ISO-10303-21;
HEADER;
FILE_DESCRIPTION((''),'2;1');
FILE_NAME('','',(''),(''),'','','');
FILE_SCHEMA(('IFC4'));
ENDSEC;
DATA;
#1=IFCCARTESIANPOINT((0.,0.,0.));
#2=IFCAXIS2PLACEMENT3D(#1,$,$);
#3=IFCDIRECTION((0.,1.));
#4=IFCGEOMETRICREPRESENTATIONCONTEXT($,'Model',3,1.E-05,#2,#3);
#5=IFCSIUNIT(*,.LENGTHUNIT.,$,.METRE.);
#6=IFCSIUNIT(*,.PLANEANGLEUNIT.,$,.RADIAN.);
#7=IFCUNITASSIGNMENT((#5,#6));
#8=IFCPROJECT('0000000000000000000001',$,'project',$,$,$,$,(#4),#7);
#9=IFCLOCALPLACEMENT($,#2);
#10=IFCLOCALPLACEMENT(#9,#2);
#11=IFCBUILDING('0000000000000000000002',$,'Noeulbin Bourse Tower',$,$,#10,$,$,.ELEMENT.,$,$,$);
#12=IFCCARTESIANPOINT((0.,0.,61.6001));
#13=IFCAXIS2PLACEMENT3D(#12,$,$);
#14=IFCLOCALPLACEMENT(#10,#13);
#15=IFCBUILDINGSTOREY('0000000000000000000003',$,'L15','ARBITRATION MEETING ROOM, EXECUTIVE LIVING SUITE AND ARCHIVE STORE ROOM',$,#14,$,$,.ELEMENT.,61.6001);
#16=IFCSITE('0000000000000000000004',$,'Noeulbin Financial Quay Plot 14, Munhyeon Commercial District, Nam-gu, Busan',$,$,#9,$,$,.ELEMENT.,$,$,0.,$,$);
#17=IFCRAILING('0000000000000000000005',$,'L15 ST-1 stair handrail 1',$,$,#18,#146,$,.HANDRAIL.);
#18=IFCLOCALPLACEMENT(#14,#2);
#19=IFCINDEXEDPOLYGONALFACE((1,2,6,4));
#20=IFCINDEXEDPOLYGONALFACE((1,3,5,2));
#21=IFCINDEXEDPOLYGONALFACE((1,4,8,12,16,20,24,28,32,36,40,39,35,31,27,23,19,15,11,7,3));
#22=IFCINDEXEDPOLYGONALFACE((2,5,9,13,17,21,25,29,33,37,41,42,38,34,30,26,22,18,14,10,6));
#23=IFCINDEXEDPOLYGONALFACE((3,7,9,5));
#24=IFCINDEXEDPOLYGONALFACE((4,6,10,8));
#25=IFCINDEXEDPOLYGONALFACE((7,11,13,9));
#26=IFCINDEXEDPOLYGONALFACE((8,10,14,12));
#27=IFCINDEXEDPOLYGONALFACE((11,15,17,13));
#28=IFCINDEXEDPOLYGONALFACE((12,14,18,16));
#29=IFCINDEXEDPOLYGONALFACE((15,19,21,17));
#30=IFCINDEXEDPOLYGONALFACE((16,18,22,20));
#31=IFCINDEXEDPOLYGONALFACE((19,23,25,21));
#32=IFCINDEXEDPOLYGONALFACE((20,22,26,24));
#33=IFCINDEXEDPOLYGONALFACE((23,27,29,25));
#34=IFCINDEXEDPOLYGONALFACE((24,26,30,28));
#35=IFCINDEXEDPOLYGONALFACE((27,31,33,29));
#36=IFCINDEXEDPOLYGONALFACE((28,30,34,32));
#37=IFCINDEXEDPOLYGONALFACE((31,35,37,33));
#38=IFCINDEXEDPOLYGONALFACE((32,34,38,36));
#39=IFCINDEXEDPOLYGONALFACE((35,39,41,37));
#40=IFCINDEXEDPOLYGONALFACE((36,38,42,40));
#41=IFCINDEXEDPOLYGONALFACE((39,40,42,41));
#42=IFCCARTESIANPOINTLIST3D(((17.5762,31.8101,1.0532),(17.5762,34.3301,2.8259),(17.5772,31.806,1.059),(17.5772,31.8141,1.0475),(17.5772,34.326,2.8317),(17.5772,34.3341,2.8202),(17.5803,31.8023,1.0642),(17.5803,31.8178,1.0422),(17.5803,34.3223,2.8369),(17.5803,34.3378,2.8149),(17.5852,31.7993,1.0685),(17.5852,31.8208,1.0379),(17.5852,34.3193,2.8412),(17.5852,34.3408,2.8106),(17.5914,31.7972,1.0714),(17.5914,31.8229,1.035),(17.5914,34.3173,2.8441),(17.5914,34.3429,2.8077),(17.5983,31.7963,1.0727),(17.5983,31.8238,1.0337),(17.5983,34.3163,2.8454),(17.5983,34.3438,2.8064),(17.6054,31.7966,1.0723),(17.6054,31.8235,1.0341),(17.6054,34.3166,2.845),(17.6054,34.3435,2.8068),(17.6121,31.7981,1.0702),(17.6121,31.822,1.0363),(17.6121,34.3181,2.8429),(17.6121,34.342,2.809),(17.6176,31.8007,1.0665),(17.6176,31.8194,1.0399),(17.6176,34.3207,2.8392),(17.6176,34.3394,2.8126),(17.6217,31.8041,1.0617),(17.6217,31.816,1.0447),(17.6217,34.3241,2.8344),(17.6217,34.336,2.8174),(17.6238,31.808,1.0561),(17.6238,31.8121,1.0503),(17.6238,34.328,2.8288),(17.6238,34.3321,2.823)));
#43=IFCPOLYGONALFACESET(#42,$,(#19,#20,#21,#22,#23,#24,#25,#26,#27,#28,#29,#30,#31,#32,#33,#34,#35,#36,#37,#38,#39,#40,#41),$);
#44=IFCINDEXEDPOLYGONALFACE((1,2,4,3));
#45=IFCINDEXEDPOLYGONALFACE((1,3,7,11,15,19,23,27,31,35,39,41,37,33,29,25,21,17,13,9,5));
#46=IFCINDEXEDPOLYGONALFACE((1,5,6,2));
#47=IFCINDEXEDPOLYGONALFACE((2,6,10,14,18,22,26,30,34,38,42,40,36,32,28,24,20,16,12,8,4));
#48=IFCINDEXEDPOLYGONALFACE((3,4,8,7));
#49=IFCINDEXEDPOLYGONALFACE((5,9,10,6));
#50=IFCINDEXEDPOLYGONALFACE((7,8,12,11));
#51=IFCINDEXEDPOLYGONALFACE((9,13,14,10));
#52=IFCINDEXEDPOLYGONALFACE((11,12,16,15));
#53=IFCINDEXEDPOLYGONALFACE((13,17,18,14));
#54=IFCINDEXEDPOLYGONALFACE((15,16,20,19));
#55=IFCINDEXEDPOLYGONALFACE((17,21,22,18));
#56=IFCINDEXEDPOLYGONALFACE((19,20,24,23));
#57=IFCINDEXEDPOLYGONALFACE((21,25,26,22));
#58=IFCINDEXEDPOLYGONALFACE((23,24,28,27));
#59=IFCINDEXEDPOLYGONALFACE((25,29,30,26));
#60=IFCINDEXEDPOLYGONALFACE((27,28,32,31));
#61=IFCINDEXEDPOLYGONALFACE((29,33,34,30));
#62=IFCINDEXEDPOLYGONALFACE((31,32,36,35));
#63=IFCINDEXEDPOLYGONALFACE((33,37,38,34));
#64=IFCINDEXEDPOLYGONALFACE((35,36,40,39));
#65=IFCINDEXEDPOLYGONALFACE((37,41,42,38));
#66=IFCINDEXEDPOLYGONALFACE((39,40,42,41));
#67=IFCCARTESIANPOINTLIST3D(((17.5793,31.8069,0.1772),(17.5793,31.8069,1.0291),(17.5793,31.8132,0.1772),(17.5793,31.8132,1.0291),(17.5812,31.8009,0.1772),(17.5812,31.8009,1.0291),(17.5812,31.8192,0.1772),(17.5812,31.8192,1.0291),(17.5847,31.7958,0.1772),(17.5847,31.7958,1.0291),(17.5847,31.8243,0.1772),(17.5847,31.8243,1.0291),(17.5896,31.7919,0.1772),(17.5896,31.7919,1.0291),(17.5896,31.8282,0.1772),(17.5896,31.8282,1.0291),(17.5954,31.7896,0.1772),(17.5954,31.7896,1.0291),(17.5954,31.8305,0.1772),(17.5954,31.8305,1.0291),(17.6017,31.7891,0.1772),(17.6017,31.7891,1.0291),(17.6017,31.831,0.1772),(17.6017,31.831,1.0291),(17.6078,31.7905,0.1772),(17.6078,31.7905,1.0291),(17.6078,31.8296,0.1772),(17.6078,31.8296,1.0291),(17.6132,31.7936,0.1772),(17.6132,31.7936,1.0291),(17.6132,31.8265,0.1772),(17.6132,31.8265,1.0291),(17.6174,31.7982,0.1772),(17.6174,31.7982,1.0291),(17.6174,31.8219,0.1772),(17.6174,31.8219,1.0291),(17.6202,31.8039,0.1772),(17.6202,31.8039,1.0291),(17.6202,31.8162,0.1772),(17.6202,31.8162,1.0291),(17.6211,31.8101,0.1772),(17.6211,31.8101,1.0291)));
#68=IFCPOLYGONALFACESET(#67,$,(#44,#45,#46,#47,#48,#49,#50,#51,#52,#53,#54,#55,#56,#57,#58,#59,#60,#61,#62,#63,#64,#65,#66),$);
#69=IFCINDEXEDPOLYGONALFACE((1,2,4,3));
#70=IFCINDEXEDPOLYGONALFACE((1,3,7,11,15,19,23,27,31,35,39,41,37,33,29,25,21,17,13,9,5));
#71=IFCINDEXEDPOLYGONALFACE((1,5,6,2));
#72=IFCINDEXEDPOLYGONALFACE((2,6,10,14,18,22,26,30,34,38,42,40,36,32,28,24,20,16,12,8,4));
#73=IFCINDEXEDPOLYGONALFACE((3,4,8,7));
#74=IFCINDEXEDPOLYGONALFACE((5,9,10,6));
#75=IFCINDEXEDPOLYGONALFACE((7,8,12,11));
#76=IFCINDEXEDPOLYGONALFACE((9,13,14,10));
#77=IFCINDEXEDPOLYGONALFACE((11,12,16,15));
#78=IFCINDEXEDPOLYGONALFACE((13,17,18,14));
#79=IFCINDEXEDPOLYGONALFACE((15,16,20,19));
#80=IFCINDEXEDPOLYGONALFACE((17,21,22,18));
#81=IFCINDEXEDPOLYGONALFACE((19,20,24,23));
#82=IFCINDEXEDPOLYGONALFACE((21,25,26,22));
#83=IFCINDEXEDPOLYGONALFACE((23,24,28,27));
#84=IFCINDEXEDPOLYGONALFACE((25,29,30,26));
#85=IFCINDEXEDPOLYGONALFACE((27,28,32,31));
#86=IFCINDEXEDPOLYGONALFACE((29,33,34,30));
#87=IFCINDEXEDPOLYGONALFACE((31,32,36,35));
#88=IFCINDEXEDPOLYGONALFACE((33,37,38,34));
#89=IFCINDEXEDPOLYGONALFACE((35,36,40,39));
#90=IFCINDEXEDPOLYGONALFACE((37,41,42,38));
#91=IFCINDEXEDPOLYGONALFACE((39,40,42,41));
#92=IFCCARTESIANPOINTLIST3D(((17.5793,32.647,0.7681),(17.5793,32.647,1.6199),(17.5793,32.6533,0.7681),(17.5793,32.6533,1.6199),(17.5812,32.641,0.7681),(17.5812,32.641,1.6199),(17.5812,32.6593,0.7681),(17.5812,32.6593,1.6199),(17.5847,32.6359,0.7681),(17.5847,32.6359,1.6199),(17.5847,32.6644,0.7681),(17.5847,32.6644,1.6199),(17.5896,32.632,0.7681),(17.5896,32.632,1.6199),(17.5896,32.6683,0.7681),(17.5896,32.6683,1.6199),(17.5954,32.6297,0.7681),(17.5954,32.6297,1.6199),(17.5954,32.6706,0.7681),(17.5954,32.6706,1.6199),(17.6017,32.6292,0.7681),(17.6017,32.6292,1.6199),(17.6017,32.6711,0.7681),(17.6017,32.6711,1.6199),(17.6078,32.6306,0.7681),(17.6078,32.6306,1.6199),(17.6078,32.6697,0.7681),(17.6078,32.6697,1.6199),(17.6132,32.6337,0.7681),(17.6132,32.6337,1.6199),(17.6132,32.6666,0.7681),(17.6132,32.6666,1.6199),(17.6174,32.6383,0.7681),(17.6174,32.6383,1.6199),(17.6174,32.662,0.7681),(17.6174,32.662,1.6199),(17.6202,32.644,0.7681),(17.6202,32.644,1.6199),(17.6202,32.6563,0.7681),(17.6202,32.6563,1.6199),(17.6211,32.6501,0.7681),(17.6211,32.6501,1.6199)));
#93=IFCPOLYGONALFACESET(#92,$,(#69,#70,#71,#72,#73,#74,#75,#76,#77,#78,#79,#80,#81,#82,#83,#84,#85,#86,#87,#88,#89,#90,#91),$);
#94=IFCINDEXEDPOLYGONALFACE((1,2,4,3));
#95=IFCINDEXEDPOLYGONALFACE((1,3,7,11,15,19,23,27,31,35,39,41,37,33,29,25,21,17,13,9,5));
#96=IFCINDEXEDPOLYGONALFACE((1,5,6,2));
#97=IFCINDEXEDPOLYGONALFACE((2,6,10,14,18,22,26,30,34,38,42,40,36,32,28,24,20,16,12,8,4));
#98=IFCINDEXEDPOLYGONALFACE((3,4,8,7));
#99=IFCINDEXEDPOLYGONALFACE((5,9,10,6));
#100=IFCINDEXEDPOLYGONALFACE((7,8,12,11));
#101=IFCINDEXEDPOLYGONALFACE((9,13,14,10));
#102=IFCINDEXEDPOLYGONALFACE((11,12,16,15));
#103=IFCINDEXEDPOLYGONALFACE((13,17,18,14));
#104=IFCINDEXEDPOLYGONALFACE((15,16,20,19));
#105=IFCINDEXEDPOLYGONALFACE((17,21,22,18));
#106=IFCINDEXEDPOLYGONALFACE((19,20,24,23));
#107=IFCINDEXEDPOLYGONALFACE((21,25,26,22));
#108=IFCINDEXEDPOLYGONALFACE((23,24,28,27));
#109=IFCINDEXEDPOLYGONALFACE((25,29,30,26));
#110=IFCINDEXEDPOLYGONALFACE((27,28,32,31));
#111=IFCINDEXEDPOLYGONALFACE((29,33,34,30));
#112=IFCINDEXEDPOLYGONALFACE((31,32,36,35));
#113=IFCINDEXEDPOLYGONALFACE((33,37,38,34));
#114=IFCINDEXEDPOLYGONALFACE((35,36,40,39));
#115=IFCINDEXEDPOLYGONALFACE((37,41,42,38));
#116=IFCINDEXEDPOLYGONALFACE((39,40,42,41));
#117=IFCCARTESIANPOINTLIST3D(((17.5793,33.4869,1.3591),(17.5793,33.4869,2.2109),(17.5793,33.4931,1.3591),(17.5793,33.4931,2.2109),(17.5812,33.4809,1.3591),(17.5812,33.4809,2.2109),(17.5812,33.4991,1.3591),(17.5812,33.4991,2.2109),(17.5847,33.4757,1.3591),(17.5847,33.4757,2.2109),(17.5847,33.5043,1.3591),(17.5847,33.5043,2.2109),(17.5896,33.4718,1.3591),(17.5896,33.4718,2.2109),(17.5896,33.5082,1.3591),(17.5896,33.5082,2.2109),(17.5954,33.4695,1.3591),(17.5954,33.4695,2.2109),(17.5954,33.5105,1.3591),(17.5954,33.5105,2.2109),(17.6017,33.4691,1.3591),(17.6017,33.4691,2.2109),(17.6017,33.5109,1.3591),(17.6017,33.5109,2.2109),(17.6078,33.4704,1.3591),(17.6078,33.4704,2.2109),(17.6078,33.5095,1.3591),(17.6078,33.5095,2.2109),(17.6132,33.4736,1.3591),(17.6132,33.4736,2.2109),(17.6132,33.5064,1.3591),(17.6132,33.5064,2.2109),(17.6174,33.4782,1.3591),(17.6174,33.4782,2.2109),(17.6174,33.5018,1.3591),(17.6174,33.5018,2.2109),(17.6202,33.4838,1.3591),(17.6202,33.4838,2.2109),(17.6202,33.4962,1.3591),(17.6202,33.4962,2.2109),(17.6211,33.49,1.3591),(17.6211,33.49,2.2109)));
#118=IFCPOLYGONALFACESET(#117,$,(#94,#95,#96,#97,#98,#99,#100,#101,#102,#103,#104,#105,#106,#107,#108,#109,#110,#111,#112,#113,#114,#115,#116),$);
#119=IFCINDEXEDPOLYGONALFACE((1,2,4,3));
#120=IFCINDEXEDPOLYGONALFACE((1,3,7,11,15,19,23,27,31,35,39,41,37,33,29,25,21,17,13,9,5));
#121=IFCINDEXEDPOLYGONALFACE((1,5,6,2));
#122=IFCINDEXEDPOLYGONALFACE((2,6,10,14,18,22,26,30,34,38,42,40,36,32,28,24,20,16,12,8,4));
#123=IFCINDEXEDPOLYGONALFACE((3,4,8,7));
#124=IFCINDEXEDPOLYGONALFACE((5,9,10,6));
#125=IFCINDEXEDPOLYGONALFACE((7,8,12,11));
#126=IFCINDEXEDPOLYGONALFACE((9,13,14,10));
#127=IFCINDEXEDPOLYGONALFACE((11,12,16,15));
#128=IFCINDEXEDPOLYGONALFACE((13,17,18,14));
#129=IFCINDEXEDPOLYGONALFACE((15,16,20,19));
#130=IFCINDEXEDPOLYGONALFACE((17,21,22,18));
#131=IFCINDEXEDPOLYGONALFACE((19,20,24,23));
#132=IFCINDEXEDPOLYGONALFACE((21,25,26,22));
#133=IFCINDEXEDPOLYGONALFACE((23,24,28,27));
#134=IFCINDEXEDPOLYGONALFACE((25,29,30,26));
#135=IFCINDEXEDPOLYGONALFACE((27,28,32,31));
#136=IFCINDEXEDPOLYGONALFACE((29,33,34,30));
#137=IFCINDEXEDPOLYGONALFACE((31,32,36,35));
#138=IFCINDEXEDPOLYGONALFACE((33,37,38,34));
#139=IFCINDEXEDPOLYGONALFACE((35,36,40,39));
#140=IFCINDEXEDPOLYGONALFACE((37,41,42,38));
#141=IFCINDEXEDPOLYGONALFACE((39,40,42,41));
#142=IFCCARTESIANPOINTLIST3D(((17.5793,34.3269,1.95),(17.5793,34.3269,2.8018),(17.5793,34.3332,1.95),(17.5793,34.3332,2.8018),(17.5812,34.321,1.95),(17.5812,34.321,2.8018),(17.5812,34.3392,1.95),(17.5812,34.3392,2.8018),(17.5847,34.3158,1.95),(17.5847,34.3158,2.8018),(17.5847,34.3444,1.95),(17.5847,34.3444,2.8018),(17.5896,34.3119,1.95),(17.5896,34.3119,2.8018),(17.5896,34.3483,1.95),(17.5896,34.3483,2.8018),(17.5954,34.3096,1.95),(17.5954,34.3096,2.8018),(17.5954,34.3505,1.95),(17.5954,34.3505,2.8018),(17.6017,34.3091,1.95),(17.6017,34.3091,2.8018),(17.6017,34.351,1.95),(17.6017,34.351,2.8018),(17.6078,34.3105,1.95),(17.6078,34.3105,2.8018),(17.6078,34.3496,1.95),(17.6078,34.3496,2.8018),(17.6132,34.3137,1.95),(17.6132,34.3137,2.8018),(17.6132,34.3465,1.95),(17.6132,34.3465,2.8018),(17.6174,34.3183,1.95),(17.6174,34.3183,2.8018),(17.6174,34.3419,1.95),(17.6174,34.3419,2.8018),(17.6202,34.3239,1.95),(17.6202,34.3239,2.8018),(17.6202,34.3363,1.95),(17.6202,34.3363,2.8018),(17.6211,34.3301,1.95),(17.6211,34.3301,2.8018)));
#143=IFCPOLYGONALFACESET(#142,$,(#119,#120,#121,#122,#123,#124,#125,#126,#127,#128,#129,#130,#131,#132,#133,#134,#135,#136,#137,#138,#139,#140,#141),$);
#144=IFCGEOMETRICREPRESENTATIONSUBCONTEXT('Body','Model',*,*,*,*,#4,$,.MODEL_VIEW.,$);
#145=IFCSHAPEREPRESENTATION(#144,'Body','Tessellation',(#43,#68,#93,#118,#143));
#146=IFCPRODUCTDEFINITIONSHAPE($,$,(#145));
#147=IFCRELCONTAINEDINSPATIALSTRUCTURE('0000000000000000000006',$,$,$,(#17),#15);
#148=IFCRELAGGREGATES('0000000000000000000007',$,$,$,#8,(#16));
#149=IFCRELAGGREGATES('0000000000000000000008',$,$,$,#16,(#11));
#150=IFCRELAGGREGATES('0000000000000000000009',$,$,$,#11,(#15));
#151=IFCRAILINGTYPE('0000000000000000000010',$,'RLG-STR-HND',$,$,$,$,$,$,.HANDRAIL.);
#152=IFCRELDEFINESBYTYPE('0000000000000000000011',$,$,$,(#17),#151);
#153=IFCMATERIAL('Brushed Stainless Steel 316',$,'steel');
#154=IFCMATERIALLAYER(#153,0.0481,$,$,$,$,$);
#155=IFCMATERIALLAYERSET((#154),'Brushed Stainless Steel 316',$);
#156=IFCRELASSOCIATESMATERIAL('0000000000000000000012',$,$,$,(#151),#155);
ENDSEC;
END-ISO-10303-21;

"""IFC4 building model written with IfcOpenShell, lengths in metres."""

from ifc_helpers import new_model, si_unit, direction, frame, origin, origin_2d, place, context, subcontext, project, spatial, circle, extrude, material, layer, layer_set, type_object, element, save


model = new_model("IFC4")

# Units and contexts
model_context = context("Model", 3, precision=1e-05, world=origin(), true_north=direction((0.0, 1.0)))
body_context = subcontext(model_context, "Body", "Model", "MODEL_VIEW")
ifc_project = project(units=[si_unit("LENGTHUNIT", "METRE"), si_unit("PLANEANGLEUNIT", "RADIAN")], contexts=[model_context])

# Site, building, storey
site_placement = place(None, origin())
site = spatial("IfcSite", under=ifc_project, at=site_placement, Name="Noeulbin Financial Quay Plot 14, Munhyeon Commercial District, Nam-gu, Busan", CompositionType="ELEMENT", RefElevation=0.0)
building_placement = place(site_placement, origin())
building = spatial("IfcBuilding", under=site, at=building_placement, Name="Noeulbin Bourse Tower", CompositionType="ELEMENT")
storey_placement = place(building_placement, frame((0.0, 0.0, 61.6001)))
storey = spatial("IfcBuildingStorey", under=building, at=storey_placement, Name="L15", Description="ARBITRATION MEETING ROOM, EXECUTIVE LIVING SUITE AND ARCHIVE STORE ROOM", CompositionType="ELEMENT", Elevation=61.6001)

# Shared definitions
ifc_material_1 = material(Name="Brushed Stainless Steel 316", Category="steel")

# Railing
ifc_layer_1 = layer(ifc_material_1, 0.0481)
ifc_layer_set_1 = layer_set([ifc_layer_1], Name="Brushed Stainless Steel 316")
railing_type_1 = type_object("IfcRailingType", Name="RLG-STR-HND", PredefinedType="HANDRAIL", material=ifc_layer_set_1)
railing_1_placement = place(storey_placement, frame((17.6001, 31.8101, 0.1772)))
element("IfcRailing", 1, at=railing_1_placement, inside=storey, type_object=railing_type_1, Name="L15 ST-1 stair handrail 1", PredefinedType="HANDRAIL", context=body_context, shape_type="SweptSolid", body=[
    extrude(circle(Radius=0.0239, at=origin_2d()), frame((0.0, 0.0, 0.876), z_axis=(0.0, 0.817904, 0.575354), x_axis=(-1.0, 0.0, 0.0)), (0.0, 0.0, 1.0), 3.0811),
    extrude(circle(Radius=0.021, at=origin_2d()), origin(), (0.0, 0.0, 1.0), 0.8518),
    extrude(circle(Radius=0.021, at=origin_2d()), frame((0.0, 0.8401, 0.5908)), (0.0, 0.0, 1.0), 0.8518),
    extrude(circle(Radius=0.021, at=origin_2d()), frame((0.0, 1.6799, 1.1819)), (0.0, 0.0, 1.0), 0.8518),
    extrude(circle(Radius=0.021, at=origin_2d()), frame((0.0, 2.52, 1.7727)), (0.0, 0.0, 1.0), 0.8518),
])

save(model, "model.ifc")
